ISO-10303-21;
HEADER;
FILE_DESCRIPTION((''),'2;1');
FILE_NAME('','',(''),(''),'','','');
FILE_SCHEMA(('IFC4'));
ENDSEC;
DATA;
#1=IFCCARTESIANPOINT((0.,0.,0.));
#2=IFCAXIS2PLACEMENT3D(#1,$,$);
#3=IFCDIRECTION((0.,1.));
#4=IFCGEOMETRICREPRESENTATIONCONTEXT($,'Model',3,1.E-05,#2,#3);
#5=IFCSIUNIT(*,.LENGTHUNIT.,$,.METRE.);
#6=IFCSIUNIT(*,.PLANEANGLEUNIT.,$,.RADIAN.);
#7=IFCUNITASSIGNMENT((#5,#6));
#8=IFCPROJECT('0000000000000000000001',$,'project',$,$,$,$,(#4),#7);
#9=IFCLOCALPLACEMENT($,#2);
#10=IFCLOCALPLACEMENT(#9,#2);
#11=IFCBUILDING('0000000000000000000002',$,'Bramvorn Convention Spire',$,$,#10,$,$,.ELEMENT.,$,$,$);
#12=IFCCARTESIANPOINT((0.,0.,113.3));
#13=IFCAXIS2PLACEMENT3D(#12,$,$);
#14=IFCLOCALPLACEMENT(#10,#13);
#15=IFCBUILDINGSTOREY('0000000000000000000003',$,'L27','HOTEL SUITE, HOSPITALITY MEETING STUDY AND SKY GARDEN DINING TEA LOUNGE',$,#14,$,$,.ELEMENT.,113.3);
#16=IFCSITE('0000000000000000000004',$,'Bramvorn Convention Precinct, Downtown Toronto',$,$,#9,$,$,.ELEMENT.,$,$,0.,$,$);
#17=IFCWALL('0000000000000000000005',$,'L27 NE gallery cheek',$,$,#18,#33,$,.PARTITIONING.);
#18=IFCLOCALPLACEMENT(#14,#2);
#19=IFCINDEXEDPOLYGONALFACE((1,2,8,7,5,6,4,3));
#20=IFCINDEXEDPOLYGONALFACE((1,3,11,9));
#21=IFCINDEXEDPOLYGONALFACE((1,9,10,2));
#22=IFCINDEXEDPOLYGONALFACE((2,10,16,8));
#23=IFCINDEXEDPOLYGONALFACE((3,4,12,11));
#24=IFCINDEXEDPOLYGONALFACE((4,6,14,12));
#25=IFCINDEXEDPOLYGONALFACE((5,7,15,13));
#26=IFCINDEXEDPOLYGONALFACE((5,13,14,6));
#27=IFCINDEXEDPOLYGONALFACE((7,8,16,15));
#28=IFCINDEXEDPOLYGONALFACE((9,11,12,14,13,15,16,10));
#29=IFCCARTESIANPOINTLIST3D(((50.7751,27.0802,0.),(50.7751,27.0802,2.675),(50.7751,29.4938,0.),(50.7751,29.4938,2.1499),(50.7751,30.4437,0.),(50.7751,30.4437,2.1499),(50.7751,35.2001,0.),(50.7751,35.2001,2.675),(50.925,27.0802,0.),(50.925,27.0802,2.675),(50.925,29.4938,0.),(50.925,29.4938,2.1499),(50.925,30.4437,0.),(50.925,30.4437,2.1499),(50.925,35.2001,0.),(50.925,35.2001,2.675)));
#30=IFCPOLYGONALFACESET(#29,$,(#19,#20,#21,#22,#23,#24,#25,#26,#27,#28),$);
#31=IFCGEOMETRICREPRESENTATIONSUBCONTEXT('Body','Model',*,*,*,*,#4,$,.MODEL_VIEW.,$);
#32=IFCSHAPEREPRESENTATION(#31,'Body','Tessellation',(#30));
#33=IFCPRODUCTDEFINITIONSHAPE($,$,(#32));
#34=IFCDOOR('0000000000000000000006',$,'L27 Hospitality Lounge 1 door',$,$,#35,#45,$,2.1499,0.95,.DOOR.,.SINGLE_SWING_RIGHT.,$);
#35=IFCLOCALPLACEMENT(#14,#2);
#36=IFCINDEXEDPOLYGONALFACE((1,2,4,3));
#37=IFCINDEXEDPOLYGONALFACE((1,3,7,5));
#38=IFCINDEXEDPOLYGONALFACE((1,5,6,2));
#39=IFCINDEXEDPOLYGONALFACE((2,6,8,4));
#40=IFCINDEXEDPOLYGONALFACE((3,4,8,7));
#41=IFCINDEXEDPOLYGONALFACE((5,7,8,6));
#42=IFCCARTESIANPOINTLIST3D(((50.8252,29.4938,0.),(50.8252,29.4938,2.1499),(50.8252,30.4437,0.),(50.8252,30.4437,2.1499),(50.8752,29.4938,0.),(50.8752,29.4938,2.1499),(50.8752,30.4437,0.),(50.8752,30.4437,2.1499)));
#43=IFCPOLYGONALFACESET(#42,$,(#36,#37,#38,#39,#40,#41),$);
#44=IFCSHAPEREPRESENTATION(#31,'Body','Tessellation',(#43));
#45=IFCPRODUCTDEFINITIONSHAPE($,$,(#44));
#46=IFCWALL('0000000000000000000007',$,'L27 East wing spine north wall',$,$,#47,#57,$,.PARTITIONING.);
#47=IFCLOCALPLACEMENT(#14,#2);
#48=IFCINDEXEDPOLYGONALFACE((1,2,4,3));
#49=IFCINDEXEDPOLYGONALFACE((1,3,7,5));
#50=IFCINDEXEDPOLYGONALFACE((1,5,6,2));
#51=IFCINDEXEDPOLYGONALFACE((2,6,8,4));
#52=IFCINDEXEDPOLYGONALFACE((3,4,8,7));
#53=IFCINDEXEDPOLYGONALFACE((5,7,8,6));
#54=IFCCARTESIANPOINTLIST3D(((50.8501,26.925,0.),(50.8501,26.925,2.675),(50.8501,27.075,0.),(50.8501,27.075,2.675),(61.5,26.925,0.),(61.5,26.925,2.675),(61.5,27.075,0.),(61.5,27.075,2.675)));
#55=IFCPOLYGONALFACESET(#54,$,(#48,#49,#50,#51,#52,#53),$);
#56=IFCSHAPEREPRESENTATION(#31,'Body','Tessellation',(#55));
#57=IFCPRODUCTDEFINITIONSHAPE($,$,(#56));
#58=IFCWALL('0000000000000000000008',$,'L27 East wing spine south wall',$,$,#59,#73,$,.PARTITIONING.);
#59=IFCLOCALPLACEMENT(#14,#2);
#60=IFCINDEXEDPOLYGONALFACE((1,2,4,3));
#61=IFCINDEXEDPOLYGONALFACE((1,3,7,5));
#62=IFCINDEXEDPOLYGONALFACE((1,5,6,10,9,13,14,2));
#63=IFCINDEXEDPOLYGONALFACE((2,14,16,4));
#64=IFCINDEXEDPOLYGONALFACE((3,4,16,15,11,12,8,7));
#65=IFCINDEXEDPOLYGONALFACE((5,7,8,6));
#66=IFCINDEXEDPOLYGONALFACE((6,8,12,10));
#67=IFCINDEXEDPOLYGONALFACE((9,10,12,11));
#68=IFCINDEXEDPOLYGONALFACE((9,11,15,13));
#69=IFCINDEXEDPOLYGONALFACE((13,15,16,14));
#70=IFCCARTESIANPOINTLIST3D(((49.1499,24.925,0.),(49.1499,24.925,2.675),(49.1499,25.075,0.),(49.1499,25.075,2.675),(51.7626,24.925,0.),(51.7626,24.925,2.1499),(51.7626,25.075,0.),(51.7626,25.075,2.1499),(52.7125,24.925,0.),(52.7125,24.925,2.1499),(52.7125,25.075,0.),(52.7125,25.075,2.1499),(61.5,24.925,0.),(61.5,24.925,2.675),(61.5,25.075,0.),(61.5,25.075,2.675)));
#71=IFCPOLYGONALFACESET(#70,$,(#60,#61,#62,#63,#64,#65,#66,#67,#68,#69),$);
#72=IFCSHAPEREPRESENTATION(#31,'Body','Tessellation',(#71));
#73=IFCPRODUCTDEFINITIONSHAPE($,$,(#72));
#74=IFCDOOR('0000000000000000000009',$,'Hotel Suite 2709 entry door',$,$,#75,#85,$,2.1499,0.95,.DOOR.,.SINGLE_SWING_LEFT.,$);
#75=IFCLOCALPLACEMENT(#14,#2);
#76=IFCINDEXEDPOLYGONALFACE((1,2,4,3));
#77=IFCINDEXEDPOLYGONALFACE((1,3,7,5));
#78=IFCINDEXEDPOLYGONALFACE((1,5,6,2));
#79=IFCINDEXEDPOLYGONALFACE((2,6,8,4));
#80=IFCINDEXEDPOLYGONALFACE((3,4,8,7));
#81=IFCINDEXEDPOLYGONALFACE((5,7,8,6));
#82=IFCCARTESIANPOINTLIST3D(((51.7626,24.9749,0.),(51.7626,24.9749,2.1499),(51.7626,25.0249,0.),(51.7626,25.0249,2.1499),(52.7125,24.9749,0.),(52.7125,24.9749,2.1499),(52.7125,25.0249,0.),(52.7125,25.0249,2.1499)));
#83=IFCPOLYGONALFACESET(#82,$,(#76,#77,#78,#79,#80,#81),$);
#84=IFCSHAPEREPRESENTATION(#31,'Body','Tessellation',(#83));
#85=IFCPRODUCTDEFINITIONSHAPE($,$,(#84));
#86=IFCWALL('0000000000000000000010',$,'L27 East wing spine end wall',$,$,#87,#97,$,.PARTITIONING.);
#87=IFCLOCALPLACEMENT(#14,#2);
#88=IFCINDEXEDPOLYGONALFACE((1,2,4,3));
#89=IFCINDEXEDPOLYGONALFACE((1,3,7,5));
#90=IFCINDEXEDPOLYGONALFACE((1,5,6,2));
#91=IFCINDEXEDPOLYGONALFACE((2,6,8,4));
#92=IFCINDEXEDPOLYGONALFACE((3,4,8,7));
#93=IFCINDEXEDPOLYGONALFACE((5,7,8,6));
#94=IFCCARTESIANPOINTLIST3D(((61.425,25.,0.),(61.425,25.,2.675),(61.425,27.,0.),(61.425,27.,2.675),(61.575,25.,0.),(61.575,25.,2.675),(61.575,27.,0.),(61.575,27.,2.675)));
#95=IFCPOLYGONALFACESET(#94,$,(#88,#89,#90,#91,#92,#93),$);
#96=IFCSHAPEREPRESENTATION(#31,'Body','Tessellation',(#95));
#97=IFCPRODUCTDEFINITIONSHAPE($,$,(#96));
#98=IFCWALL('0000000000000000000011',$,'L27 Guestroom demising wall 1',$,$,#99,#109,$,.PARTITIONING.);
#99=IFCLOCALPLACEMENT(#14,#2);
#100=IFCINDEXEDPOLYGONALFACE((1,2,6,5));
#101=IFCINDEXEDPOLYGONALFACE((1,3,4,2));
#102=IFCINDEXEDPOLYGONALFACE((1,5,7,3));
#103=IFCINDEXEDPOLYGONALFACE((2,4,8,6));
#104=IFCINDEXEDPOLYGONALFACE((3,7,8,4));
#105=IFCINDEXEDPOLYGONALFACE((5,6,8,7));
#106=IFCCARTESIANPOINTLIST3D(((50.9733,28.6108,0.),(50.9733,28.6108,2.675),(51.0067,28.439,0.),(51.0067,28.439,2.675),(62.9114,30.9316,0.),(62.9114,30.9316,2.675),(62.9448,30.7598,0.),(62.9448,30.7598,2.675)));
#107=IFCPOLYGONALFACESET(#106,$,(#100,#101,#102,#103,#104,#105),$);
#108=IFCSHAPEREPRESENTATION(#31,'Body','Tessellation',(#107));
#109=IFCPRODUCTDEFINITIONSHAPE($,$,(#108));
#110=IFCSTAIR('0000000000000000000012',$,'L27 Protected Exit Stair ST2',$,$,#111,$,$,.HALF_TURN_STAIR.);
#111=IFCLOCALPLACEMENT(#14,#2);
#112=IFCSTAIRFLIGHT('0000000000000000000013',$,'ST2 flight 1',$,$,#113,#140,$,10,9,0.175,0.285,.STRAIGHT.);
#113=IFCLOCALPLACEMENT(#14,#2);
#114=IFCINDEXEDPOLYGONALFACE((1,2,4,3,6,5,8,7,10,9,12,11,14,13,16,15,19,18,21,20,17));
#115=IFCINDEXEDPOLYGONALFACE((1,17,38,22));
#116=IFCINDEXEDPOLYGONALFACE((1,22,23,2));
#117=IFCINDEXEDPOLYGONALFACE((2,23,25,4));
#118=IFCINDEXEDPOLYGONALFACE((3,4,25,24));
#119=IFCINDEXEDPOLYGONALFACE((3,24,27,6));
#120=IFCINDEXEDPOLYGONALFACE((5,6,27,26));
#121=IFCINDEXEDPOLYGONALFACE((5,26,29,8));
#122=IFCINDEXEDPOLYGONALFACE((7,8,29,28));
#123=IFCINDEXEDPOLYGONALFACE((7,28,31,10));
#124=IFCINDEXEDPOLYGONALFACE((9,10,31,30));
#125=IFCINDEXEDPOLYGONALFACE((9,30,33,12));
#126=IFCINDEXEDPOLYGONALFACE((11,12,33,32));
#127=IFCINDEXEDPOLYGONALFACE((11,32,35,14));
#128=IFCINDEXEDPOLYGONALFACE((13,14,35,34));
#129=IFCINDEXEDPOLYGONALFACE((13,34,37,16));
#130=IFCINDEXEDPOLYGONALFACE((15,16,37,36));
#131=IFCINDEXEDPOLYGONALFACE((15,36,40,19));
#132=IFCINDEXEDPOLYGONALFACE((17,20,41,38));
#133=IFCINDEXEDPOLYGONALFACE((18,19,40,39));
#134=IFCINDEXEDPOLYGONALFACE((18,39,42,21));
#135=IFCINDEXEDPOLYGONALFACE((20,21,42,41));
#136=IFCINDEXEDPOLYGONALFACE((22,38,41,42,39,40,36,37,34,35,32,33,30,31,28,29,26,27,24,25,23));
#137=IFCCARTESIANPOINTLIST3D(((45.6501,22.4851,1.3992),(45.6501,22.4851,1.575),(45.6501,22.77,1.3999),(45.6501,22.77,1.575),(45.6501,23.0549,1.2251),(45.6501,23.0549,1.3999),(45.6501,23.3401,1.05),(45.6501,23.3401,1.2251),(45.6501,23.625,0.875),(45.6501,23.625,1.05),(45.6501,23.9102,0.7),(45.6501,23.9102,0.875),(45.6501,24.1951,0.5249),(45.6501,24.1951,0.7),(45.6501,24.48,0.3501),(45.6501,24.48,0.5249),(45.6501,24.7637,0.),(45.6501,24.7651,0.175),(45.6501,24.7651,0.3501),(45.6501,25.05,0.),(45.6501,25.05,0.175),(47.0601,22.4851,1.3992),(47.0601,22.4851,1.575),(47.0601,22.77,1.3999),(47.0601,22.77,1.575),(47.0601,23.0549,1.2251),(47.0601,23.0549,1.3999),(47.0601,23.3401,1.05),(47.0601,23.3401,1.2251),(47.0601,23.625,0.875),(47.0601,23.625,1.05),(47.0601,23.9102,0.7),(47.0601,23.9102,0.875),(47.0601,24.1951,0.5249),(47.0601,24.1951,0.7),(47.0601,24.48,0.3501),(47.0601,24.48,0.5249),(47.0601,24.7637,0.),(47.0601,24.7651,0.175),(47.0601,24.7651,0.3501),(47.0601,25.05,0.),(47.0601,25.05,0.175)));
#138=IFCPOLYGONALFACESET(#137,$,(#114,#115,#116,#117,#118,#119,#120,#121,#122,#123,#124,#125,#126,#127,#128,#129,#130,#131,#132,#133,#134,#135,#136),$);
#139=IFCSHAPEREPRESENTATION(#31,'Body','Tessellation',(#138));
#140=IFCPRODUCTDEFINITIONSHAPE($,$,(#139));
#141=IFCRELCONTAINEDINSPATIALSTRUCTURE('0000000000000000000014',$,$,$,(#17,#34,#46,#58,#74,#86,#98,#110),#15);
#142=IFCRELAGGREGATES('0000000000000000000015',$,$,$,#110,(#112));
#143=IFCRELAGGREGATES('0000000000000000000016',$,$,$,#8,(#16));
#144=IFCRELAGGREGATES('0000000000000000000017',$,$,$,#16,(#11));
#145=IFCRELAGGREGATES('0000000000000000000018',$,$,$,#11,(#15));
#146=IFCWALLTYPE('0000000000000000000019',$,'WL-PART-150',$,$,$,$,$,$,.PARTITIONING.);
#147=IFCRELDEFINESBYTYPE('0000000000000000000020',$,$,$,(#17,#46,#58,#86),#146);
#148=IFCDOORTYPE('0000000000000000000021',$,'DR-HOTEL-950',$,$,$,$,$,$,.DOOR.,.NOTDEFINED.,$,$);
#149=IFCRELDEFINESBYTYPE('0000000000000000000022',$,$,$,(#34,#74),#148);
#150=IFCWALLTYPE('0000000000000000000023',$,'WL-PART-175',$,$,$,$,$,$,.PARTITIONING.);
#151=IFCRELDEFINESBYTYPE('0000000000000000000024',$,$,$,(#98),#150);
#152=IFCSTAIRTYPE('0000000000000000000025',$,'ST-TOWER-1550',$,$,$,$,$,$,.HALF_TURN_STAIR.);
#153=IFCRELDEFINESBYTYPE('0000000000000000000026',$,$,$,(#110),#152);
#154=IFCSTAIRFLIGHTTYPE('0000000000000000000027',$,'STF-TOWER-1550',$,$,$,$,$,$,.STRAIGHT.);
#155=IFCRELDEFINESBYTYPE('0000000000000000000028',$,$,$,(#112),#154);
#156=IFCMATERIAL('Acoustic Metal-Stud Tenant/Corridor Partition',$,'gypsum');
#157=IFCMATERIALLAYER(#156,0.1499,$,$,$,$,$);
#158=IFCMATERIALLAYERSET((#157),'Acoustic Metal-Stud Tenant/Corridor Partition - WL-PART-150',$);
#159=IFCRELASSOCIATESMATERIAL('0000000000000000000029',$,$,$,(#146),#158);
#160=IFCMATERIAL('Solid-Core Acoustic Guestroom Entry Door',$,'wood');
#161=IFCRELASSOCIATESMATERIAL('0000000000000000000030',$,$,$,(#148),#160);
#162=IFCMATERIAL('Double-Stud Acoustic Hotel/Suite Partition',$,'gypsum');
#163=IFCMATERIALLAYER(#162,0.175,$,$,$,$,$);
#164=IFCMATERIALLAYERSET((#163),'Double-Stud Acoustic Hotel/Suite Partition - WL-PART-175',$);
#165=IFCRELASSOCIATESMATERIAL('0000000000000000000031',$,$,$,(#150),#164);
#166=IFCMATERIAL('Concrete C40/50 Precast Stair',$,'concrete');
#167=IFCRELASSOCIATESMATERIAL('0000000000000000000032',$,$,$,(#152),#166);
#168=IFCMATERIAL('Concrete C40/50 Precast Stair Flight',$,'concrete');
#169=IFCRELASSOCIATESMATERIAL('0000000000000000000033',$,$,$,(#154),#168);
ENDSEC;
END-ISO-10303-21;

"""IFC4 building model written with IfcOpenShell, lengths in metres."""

from ifc_helpers import new_model, si_unit, direction, frame, frame_2d, origin, place, context, subcontext, project, spatial, polyline, rectangle, outline, extrude, material, layer, layer_set, type_object, element, fill, aggregate, save


model = new_model("IFC4")

# Units and contexts
model_context = context("Model", 3, precision=1e-05, world=origin(), true_north=direction((0.0, 1.0)))
body_context = subcontext(model_context, "Body", "Model", "MODEL_VIEW")
ifc_project = project(units=[si_unit("LENGTHUNIT", "METRE"), si_unit("PLANEANGLEUNIT", "RADIAN")], contexts=[model_context])

# Site, building, storey
site_placement = place(None, origin())
site = spatial("IfcSite", under=ifc_project, at=site_placement, Name="Bramvorn Convention Precinct, Downtown Toronto", CompositionType="ELEMENT", RefElevation=0.0)
building_placement = place(site_placement, origin())
building = spatial("IfcBuilding", under=site, at=building_placement, Name="Bramvorn Convention Spire", CompositionType="ELEMENT")
storey_placement = place(building_placement, frame((0.0, 0.0, 113.3)))
storey = spatial("IfcBuildingStorey", under=building, at=storey_placement, Name="L27", Description="HOTEL SUITE, HOSPITALITY MEETING STUDY AND SKY GARDEN DINING TEA LOUNGE", CompositionType="ELEMENT", Elevation=113.3)

# Wall, opening, door
ifc_material_1 = material(Name="Acoustic Metal-Stud Tenant/Corridor Partition", Category="gypsum")
ifc_layer_1 = layer(ifc_material_1, 0.1499)
ifc_layer_set_1 = layer_set([ifc_layer_1], Name="Acoustic Metal-Stud Tenant/Corridor Partition - WL-PART-150")
wall_type_1 = type_object("IfcWallType", Name="WL-PART-150", PredefinedType="PARTITIONING", material=ifc_layer_set_1)
wall_1_placement = place(storey_placement, frame((50.8501, 27.0801, 0.0), z_axis=(0.0, 0.0, 1.0), x_axis=(0.0, 1.0, 0.0)))
wall_1 = element("IfcWall", 1, at=wall_1_placement, inside=storey, type_object=wall_type_1, Name="L27 NE gallery cheek", PredefinedType="PARTITIONING", context=body_context, shape_type="SweptSolid", body=[
    extrude(rectangle(XDim=8.1199, YDim=0.1499, at=frame_2d((4.0601, 0.0))), origin(), (0.0, 0.0, 1.0), 2.675),
])
opening_1_placement = place(wall_1_placement, frame((2.4136, 0.0, 0.0)))
opening_1 = element("IfcOpeningElement", 2, at=opening_1_placement, cuts=wall_1, PredefinedType="OPENING", context=body_context, shape_type="SweptSolid", body=[
    extrude(rectangle(XDim=0.95, YDim=2.1499, at=frame_2d((0.4751, 1.075))), frame((0.0, 0.085, 0.0), z_axis=(0.0, -1.0, 0.0), x_axis=(1.0, 0.0, 0.0)), (0.0, 0.0, 1.0), 0.1699),
])
ifc_material_2 = material(Name="Solid-Core Acoustic Guestroom Entry Door", Category="wood")
door_type = type_object("IfcDoorType", Name="DR-HOTEL-950", OperationType="NOTDEFINED", PredefinedType="DOOR", material=ifc_material_2)
door_1_placement = place(opening_1_placement, origin())
door_1 = element("IfcDoor", 3, at=door_1_placement, inside=storey, type_object=door_type, Name="L27 Hospitality Lounge 1 door", OperationType="SINGLE_SWING_RIGHT", OverallHeight=2.1499, OverallWidth=0.95, PredefinedType="DOOR", context=body_context, shape_type="SweptSolid", body=[
    extrude(rectangle(XDim=0.95, YDim=2.1499, at=frame_2d((0.4751, 1.075))), frame((0.0, 0.0249, 0.0), z_axis=(0.0, -1.0, 0.0), x_axis=(1.0, 0.0, 0.0)), (0.0, 0.0, 1.0), 0.05),
])
fill(opening_1, door_1)

# Wall
wall_2_placement = place(storey_placement, frame((50.8501, 27.0, 0.0), z_axis=(0.0, 0.0, 1.0), x_axis=(1.0, 0.0, 0.0)))
element("IfcWall", 4, at=wall_2_placement, inside=storey, type_object=wall_type_1, Name="L27 East wing spine north wall", PredefinedType="PARTITIONING", context=body_context, shape_type="SweptSolid", body=[
    extrude(rectangle(XDim=10.6499, YDim=0.1499, at=frame_2d((5.325, 0.0))), origin(), (0.0, 0.0, 1.0), 2.675),
])

# Wall, opening, door
wall_3_placement = place(storey_placement, frame((49.1499, 25.0, 0.0), z_axis=(0.0, 0.0, 1.0), x_axis=(1.0, 0.0, 0.0)))
wall_3 = element("IfcWall", 5, at=wall_3_placement, inside=storey, type_object=wall_type_1, Name="L27 East wing spine south wall", PredefinedType="PARTITIONING", context=body_context, shape_type="SweptSolid", body=[
    extrude(rectangle(XDim=12.3501, YDim=0.1499, at=frame_2d((6.175, 0.0))), origin(), (0.0, 0.0, 1.0), 2.675),
])
opening_2_placement = place(wall_3_placement, frame((2.6125, 0.0, 0.0)))
opening_2 = element("IfcOpeningElement", 6, at=opening_2_placement, cuts=wall_3, PredefinedType="OPENING", context=body_context, shape_type="SweptSolid", body=[
    extrude(rectangle(XDim=0.95, YDim=2.1499, at=frame_2d((0.4751, 1.075))), frame((0.0, 0.085, 0.0), z_axis=(0.0, -1.0, 0.0), x_axis=(1.0, 0.0, 0.0)), (0.0, 0.0, 1.0), 0.1699),
])
door_2_placement = place(opening_2_placement, origin())
door_2 = element("IfcDoor", 7, at=door_2_placement, inside=storey, type_object=door_type, Name="Hotel Suite 2709 entry door", OperationType="SINGLE_SWING_LEFT", OverallHeight=2.1499, OverallWidth=0.95, PredefinedType="DOOR", context=body_context, shape_type="SweptSolid", body=[
    extrude(rectangle(XDim=0.95, YDim=2.1499, at=frame_2d((0.4751, 1.075))), frame((0.0, 0.0249, 0.0), z_axis=(0.0, -1.0, 0.0), x_axis=(1.0, 0.0, 0.0)), (0.0, 0.0, 1.0), 0.05),
])
fill(opening_2, door_2)

# Walls
wall_4_placement = place(storey_placement, frame((61.5, 25.0, 0.0), z_axis=(0.0, 0.0, 1.0), x_axis=(0.0, 1.0, 0.0)))
element("IfcWall", 8, at=wall_4_placement, inside=storey, type_object=wall_type_1, Name="L27 East wing spine end wall", PredefinedType="PARTITIONING", context=body_context, shape_type="SweptSolid", body=[
    extrude(rectangle(XDim=2.0, YDim=0.1499, at=frame_2d((1.0, 0.0))), origin(), (0.0, 0.0, 1.0), 2.675),
])
ifc_material_3 = material(Name="Double-Stud Acoustic Hotel/Suite Partition", Category="gypsum")
ifc_layer_2 = layer(ifc_material_3, 0.175)
ifc_layer_set_2 = layer_set([ifc_layer_2], Name="Double-Stud Acoustic Hotel/Suite Partition - WL-PART-175")
wall_type_2 = type_object("IfcWallType", Name="WL-PART-175", PredefinedType="PARTITIONING", material=ifc_layer_set_2)
wall_5_placement = place(storey_placement, frame((50.99, 28.5249, 0.0), z_axis=(0.0, 0.0, 1.0), x_axis=(0.981623, 0.190828, 0.0)))
element("IfcWall", 9, at=wall_5_placement, inside=storey, type_object=wall_type_2, Name="L27 Guestroom demising wall 1", PredefinedType="PARTITIONING", context=body_context, shape_type="SweptSolid", body=[
    extrude(rectangle(XDim=12.1616, YDim=0.175, at=frame_2d((6.0808, 0.0))), origin(), (0.0, 0.0, 1.0), 2.675),
])

# Stair, stair flight
ifc_material_4 = material(Name="Concrete C40/50 Precast Stair", Category="concrete")
stair_type = type_object("IfcStairType", Name="ST-TOWER-1550", PredefinedType="HALF_TURN_STAIR", material=ifc_material_4)
stair_placement = place(storey_placement, origin())
stair = element("IfcStair", 10, at=stair_placement, inside=storey, type_object=stair_type, Name="L27 Protected Exit Stair ST2", PredefinedType="HALF_TURN_STAIR")
ifc_material_5 = material(Name="Concrete C40/50 Precast Stair Flight", Category="concrete")
stair_flight_type = type_object("IfcStairFlightType", Name="STF-TOWER-1550", PredefinedType="STRAIGHT", material=ifc_material_5)
stair_flight_placement = place(storey_placement, frame((46.355, 25.05, 0.0), z_axis=(0.0, 0.0, 1.0), x_axis=(0.0, -1.0, 0.0)))
stair_flight = element("IfcStairFlight", 11, at=stair_flight_placement, type_object=stair_flight_type, Name="ST2 flight 1", NumberOfRisers=10, NumberOfTreads=9, PredefinedType="STRAIGHT", RiserHeight=0.175, TreadLength=0.285, context=body_context, shape_type="SweptSolid", body=[
    extrude(outline(polyline([(0.0, 0.0), (0.0, 0.175), (0.2849, 0.175), (0.2849, 0.3501), (0.5701, 0.3501), (0.5701, 0.5249), (0.855, 0.5249), (0.855, 0.7), (1.1399, 0.7), (1.1399, 0.875), (1.425, 0.875), (1.425, 1.05), (1.71, 1.05), (1.71, 1.2251), (1.9951, 1.2251), (1.9951, 1.3999), (2.28, 1.3999), (2.28, 1.575), (2.5649, 1.575), (2.5649, 1.75), (2.5649, 1.3992), (0.2864, 0.0), (0.0, 0.0)])), frame((0.0, 0.7051, 0.0), z_axis=(0.0, -1.0, 0.0), x_axis=(1.0, 0.0, 0.0)), (0.0, 0.0, 1.0), 1.4099),
])
aggregate(stair, [stair_flight])

save(model, "model.ifc")
